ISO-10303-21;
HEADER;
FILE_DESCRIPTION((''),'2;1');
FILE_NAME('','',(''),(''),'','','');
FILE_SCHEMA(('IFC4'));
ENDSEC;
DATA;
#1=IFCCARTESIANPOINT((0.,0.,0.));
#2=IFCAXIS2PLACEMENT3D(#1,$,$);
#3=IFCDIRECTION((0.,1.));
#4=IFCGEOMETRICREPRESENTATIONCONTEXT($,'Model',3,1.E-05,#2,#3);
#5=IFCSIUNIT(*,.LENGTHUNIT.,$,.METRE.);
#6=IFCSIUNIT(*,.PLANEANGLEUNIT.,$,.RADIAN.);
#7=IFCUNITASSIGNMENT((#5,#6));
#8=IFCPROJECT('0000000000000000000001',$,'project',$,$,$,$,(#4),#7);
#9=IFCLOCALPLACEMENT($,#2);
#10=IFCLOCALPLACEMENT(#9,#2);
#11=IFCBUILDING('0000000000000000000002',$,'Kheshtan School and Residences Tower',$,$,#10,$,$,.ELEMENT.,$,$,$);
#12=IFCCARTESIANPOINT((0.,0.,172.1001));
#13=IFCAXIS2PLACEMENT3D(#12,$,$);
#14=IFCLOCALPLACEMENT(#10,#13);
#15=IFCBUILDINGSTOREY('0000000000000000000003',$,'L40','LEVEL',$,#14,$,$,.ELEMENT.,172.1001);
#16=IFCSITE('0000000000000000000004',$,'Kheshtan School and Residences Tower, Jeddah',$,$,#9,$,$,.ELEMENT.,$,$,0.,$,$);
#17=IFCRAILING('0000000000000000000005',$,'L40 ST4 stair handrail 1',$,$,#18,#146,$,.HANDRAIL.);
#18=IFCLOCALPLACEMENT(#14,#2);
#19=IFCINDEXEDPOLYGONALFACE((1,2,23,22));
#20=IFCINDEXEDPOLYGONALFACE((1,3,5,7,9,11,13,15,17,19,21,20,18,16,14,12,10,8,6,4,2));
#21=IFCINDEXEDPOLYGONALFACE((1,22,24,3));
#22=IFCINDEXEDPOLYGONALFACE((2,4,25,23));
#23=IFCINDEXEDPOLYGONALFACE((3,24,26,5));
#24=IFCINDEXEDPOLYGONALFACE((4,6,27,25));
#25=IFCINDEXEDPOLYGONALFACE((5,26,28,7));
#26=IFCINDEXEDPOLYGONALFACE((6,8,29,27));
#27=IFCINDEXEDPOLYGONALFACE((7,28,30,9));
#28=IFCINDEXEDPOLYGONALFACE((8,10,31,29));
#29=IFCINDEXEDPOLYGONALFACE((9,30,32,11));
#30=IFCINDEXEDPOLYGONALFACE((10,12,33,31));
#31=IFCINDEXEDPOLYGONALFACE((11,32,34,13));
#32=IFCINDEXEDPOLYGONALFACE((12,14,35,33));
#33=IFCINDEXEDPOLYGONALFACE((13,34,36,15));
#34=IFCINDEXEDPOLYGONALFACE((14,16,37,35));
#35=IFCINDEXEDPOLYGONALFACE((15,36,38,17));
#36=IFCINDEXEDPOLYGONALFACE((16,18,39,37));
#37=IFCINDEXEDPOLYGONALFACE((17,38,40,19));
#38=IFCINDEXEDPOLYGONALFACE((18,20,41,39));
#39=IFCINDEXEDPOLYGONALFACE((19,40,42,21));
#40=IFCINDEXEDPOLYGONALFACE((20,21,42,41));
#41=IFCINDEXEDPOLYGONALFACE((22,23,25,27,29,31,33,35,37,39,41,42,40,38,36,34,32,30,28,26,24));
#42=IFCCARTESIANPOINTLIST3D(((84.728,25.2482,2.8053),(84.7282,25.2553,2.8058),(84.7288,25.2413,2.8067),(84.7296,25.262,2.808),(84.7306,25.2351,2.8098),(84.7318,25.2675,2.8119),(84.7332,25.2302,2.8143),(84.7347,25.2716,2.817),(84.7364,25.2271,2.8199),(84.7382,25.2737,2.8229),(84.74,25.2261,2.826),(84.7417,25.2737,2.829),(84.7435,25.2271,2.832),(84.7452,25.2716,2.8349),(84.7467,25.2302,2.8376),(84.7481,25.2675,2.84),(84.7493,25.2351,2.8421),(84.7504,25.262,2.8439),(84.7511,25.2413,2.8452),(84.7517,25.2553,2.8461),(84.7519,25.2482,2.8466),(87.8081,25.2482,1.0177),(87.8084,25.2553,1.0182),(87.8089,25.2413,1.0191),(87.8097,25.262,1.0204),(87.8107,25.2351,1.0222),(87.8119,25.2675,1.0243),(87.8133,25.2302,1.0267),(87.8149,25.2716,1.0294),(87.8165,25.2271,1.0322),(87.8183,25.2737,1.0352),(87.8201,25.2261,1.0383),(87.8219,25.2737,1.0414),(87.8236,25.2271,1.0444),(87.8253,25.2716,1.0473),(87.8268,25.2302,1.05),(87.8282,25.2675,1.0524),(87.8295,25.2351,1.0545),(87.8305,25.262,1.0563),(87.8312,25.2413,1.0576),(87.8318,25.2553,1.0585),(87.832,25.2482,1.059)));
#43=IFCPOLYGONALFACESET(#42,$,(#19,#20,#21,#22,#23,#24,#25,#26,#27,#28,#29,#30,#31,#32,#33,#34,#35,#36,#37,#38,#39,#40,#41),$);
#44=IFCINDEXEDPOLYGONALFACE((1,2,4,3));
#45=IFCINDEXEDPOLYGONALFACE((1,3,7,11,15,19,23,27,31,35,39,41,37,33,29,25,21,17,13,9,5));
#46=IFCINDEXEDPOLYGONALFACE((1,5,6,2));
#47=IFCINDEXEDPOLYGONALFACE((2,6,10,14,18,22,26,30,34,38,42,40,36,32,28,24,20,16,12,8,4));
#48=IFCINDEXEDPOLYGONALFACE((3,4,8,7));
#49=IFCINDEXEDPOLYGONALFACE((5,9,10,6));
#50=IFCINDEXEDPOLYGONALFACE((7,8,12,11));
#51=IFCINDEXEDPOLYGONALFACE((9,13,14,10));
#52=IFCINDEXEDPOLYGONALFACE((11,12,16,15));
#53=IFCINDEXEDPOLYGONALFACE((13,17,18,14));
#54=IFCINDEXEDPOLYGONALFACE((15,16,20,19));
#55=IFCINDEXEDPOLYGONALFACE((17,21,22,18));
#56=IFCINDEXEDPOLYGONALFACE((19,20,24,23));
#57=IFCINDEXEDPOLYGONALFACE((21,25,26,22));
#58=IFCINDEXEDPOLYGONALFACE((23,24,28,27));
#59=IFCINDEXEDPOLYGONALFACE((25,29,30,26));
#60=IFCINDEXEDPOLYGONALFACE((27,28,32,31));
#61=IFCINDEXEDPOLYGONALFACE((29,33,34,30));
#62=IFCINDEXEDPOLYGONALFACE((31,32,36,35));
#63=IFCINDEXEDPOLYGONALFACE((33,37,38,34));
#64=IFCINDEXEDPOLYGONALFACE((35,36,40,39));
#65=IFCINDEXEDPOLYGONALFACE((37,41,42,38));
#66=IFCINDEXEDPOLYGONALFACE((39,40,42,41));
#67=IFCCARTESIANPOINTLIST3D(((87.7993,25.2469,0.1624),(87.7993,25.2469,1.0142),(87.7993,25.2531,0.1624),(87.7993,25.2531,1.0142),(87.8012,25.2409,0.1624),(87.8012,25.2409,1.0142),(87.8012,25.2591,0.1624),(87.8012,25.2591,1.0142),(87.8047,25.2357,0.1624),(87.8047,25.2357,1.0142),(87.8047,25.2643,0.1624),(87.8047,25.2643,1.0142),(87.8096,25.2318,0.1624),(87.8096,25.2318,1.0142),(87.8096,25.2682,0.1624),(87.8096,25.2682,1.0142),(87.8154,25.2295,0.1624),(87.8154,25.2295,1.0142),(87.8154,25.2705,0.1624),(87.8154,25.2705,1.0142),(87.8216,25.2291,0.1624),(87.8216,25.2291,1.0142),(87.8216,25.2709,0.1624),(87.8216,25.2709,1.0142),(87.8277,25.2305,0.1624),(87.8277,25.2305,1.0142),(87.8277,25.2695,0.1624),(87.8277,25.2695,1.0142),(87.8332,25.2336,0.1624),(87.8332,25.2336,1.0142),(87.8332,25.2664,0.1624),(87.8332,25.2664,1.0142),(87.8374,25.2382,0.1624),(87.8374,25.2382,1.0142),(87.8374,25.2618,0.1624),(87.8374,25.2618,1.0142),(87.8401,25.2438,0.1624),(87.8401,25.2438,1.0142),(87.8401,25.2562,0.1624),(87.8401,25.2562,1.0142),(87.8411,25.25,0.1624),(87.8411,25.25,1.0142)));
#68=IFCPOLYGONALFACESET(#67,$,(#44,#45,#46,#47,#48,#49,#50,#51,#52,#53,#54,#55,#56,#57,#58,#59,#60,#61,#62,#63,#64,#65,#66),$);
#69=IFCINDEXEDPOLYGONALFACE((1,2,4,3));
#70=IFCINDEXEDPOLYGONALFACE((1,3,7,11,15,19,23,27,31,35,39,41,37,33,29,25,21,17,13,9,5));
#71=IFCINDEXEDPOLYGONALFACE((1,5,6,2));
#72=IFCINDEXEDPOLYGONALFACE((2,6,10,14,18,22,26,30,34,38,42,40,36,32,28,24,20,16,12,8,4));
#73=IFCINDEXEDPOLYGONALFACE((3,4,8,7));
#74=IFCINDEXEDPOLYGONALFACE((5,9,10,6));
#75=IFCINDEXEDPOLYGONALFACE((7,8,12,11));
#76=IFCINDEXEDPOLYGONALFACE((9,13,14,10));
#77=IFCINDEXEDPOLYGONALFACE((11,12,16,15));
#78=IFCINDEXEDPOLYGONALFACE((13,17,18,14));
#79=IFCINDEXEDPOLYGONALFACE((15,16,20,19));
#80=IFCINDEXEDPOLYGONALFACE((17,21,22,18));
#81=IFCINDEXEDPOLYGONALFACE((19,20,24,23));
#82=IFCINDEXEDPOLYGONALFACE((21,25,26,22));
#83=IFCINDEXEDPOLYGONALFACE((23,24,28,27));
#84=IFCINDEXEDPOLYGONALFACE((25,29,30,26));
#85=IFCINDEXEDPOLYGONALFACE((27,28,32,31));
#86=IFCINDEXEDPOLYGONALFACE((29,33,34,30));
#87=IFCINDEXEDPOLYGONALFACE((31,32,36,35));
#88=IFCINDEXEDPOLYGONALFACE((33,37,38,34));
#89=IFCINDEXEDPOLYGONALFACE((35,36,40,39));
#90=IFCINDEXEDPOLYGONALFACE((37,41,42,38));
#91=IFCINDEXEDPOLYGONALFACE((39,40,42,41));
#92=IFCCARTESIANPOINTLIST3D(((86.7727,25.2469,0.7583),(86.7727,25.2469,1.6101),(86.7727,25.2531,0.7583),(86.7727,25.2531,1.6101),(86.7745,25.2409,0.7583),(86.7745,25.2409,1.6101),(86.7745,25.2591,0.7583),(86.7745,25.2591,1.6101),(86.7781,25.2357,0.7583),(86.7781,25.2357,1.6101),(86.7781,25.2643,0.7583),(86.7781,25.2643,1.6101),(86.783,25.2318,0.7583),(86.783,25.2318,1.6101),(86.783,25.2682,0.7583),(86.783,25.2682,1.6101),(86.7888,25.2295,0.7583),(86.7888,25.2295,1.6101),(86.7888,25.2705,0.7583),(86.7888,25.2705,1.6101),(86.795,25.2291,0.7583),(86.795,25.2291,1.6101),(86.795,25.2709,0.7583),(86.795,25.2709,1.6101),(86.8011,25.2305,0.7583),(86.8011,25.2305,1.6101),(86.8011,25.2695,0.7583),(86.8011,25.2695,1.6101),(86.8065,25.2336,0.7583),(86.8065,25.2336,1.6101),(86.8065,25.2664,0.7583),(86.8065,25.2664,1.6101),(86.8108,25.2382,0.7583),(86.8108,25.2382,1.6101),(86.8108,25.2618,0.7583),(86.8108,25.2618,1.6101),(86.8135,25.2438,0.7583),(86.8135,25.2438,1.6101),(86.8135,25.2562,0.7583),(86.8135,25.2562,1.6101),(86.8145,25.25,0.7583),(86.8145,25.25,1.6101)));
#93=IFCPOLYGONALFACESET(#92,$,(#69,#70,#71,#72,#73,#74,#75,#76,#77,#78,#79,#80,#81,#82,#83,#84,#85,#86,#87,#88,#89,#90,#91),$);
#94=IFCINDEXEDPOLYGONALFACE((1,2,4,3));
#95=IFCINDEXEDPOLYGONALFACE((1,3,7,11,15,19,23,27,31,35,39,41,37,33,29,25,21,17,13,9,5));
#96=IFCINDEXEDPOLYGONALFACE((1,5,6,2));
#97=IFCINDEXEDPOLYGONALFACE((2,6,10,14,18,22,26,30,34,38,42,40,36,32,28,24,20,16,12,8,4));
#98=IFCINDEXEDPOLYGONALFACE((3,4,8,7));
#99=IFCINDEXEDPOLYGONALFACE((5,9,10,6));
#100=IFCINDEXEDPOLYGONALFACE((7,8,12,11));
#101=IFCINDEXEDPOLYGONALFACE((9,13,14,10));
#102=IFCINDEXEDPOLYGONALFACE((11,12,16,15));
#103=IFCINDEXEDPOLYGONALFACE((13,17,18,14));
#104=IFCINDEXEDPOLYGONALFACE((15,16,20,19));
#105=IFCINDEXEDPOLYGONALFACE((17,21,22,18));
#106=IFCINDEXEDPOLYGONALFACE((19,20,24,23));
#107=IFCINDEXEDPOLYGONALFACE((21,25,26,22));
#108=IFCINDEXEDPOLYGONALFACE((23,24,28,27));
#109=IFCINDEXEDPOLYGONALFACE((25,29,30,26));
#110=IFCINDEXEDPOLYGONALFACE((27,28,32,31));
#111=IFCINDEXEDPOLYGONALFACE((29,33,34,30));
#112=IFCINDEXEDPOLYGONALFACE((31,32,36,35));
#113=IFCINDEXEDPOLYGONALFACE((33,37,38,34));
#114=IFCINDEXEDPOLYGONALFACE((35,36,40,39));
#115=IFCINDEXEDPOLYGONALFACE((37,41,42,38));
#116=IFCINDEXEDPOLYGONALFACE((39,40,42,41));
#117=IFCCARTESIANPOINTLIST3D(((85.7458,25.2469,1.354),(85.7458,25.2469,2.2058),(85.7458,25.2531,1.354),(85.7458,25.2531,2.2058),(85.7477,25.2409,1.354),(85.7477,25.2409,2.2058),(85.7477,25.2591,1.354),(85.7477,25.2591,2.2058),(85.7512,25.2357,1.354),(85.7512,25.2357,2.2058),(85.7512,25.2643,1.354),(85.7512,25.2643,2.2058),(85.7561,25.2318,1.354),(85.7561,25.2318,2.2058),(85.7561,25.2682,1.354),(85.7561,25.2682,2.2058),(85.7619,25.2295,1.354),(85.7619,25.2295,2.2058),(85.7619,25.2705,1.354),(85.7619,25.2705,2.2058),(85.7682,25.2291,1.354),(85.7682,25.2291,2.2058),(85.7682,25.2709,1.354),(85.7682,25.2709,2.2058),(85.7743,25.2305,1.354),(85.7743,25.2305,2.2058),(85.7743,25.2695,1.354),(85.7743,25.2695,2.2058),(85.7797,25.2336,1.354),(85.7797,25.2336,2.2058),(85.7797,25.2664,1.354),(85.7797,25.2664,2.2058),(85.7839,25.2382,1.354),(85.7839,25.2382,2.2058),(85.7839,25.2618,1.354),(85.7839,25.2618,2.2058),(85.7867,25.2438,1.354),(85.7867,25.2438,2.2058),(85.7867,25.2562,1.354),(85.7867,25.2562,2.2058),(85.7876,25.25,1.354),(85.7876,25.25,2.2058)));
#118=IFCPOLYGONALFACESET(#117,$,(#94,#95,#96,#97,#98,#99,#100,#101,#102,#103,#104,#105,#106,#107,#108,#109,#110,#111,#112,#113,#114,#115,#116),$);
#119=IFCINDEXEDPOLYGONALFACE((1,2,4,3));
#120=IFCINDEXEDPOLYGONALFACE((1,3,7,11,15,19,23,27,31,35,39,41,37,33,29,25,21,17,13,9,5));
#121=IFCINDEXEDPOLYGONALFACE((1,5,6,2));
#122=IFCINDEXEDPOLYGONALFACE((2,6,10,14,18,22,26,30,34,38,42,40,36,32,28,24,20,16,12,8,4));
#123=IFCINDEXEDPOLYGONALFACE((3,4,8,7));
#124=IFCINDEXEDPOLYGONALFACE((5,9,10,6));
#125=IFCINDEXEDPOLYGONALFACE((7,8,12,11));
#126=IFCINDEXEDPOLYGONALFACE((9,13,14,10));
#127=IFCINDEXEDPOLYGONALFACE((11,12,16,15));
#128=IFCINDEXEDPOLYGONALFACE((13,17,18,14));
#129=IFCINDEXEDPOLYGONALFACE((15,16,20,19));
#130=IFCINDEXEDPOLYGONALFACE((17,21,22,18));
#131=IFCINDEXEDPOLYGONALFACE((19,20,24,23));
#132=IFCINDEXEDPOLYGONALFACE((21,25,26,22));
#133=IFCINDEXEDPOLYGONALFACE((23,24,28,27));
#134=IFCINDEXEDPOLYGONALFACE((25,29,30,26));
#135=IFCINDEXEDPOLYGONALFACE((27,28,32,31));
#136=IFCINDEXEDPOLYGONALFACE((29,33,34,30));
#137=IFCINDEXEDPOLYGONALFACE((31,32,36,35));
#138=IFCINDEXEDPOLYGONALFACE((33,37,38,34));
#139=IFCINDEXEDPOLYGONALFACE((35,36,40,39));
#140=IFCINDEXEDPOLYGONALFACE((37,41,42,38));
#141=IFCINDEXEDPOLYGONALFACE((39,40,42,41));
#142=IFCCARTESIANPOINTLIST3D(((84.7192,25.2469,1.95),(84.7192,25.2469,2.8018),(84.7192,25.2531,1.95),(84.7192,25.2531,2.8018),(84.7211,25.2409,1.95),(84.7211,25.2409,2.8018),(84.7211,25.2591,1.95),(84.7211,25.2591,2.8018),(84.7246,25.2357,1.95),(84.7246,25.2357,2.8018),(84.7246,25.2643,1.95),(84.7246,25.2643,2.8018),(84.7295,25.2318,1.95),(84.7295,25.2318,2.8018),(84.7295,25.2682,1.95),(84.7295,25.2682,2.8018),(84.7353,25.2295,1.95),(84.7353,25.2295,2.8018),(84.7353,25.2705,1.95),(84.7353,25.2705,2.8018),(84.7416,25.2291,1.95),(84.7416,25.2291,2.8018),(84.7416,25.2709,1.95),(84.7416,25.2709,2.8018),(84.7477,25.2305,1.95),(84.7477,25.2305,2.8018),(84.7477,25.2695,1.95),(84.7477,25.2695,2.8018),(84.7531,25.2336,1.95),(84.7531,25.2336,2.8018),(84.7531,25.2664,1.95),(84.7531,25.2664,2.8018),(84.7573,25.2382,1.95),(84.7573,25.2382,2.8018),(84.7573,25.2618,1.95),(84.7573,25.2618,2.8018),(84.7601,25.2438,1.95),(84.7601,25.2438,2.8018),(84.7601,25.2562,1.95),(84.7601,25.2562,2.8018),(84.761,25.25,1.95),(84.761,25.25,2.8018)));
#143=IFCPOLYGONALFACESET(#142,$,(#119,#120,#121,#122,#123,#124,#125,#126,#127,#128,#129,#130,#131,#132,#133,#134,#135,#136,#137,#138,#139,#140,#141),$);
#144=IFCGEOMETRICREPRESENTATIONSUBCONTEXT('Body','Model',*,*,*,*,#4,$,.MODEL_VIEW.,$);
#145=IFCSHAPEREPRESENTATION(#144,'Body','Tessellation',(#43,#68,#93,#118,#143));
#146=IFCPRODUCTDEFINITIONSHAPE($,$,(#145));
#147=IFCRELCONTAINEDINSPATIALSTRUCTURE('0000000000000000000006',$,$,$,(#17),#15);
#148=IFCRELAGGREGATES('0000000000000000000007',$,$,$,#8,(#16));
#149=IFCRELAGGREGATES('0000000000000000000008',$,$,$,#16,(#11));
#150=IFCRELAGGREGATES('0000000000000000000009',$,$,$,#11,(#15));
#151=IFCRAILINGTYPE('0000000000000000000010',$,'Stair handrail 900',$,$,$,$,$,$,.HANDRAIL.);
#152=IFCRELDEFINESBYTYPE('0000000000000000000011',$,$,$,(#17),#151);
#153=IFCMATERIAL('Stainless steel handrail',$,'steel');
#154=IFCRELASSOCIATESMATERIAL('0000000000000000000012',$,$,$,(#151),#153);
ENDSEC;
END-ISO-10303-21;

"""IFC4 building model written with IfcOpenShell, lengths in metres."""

from ifc_helpers import new_model, si_unit, direction, frame, origin, origin_2d, place, context, subcontext, project, spatial, circle, extrude, material, type_object, element, save


model = new_model("IFC4")

# Units and contexts
model_context = context("Model", 3, precision=1e-05, world=origin(), true_north=direction((0.0, 1.0)))
body_context = subcontext(model_context, "Body", "Model", "MODEL_VIEW")
ifc_project = project(units=[si_unit("LENGTHUNIT", "METRE"), si_unit("PLANEANGLEUNIT", "RADIAN")], contexts=[model_context])

# Site, building, storey
site_placement = place(None, origin())
site = spatial("IfcSite", under=ifc_project, at=site_placement, Name="Kheshtan School and Residences Tower, Jeddah", CompositionType="ELEMENT", RefElevation=0.0)
building_placement = place(site_placement, origin())
building = spatial("IfcBuilding", under=site, at=building_placement, Name="Kheshtan School and Residences Tower", CompositionType="ELEMENT")
storey_placement = place(building_placement, frame((0.0, 0.0, 172.1001)))
storey = spatial("IfcBuildingStorey", under=building, at=storey_placement, Name="L40", Description="LEVEL", CompositionType="ELEMENT", Elevation=172.1001)

# Railing
ifc_material_1 = material(Name="Stainless steel handrail", Category="steel")
railing_type_1 = type_object("IfcRailingType", Name="Stair handrail 900", PredefinedType="HANDRAIL", material=ifc_material_1)
railing_1_placement = place(storey_placement, frame((87.8201, 25.25, 0.1624)))
element("IfcRailing", 1, at=railing_1_placement, inside=storey, type_object=railing_type_1, Name="L40 ST4 stair handrail 1", PredefinedType="HANDRAIL", context=body_context, shape_type="SweptSolid", body=[
    extrude(circle(Radius=0.0239, at=origin_2d()), frame((0.0, 0.0, 0.876), z_axis=(-0.864891, 0.0, 0.50196), x_axis=(0.0, -1.0, 0.0)), (0.0, 0.0, 1.0), 3.5613),
    extrude(circle(Radius=0.021, at=origin_2d()), origin(), (0.0, 0.0, 1.0), 0.8518),
    extrude(circle(Radius=0.021, at=origin_2d()), frame((-1.0266, 0.0, 0.5959)), (0.0, 0.0, 1.0), 0.8518),
    extrude(circle(Radius=0.021, at=origin_2d()), frame((-2.0535, 0.0, 1.1917)), (0.0, 0.0, 1.0), 0.8518),
    extrude(circle(Radius=0.021, at=origin_2d()), frame((-3.0801, 0.0, 1.7876)), (0.0, 0.0, 1.0), 0.8518),
])

save(model, "model.ifc")
